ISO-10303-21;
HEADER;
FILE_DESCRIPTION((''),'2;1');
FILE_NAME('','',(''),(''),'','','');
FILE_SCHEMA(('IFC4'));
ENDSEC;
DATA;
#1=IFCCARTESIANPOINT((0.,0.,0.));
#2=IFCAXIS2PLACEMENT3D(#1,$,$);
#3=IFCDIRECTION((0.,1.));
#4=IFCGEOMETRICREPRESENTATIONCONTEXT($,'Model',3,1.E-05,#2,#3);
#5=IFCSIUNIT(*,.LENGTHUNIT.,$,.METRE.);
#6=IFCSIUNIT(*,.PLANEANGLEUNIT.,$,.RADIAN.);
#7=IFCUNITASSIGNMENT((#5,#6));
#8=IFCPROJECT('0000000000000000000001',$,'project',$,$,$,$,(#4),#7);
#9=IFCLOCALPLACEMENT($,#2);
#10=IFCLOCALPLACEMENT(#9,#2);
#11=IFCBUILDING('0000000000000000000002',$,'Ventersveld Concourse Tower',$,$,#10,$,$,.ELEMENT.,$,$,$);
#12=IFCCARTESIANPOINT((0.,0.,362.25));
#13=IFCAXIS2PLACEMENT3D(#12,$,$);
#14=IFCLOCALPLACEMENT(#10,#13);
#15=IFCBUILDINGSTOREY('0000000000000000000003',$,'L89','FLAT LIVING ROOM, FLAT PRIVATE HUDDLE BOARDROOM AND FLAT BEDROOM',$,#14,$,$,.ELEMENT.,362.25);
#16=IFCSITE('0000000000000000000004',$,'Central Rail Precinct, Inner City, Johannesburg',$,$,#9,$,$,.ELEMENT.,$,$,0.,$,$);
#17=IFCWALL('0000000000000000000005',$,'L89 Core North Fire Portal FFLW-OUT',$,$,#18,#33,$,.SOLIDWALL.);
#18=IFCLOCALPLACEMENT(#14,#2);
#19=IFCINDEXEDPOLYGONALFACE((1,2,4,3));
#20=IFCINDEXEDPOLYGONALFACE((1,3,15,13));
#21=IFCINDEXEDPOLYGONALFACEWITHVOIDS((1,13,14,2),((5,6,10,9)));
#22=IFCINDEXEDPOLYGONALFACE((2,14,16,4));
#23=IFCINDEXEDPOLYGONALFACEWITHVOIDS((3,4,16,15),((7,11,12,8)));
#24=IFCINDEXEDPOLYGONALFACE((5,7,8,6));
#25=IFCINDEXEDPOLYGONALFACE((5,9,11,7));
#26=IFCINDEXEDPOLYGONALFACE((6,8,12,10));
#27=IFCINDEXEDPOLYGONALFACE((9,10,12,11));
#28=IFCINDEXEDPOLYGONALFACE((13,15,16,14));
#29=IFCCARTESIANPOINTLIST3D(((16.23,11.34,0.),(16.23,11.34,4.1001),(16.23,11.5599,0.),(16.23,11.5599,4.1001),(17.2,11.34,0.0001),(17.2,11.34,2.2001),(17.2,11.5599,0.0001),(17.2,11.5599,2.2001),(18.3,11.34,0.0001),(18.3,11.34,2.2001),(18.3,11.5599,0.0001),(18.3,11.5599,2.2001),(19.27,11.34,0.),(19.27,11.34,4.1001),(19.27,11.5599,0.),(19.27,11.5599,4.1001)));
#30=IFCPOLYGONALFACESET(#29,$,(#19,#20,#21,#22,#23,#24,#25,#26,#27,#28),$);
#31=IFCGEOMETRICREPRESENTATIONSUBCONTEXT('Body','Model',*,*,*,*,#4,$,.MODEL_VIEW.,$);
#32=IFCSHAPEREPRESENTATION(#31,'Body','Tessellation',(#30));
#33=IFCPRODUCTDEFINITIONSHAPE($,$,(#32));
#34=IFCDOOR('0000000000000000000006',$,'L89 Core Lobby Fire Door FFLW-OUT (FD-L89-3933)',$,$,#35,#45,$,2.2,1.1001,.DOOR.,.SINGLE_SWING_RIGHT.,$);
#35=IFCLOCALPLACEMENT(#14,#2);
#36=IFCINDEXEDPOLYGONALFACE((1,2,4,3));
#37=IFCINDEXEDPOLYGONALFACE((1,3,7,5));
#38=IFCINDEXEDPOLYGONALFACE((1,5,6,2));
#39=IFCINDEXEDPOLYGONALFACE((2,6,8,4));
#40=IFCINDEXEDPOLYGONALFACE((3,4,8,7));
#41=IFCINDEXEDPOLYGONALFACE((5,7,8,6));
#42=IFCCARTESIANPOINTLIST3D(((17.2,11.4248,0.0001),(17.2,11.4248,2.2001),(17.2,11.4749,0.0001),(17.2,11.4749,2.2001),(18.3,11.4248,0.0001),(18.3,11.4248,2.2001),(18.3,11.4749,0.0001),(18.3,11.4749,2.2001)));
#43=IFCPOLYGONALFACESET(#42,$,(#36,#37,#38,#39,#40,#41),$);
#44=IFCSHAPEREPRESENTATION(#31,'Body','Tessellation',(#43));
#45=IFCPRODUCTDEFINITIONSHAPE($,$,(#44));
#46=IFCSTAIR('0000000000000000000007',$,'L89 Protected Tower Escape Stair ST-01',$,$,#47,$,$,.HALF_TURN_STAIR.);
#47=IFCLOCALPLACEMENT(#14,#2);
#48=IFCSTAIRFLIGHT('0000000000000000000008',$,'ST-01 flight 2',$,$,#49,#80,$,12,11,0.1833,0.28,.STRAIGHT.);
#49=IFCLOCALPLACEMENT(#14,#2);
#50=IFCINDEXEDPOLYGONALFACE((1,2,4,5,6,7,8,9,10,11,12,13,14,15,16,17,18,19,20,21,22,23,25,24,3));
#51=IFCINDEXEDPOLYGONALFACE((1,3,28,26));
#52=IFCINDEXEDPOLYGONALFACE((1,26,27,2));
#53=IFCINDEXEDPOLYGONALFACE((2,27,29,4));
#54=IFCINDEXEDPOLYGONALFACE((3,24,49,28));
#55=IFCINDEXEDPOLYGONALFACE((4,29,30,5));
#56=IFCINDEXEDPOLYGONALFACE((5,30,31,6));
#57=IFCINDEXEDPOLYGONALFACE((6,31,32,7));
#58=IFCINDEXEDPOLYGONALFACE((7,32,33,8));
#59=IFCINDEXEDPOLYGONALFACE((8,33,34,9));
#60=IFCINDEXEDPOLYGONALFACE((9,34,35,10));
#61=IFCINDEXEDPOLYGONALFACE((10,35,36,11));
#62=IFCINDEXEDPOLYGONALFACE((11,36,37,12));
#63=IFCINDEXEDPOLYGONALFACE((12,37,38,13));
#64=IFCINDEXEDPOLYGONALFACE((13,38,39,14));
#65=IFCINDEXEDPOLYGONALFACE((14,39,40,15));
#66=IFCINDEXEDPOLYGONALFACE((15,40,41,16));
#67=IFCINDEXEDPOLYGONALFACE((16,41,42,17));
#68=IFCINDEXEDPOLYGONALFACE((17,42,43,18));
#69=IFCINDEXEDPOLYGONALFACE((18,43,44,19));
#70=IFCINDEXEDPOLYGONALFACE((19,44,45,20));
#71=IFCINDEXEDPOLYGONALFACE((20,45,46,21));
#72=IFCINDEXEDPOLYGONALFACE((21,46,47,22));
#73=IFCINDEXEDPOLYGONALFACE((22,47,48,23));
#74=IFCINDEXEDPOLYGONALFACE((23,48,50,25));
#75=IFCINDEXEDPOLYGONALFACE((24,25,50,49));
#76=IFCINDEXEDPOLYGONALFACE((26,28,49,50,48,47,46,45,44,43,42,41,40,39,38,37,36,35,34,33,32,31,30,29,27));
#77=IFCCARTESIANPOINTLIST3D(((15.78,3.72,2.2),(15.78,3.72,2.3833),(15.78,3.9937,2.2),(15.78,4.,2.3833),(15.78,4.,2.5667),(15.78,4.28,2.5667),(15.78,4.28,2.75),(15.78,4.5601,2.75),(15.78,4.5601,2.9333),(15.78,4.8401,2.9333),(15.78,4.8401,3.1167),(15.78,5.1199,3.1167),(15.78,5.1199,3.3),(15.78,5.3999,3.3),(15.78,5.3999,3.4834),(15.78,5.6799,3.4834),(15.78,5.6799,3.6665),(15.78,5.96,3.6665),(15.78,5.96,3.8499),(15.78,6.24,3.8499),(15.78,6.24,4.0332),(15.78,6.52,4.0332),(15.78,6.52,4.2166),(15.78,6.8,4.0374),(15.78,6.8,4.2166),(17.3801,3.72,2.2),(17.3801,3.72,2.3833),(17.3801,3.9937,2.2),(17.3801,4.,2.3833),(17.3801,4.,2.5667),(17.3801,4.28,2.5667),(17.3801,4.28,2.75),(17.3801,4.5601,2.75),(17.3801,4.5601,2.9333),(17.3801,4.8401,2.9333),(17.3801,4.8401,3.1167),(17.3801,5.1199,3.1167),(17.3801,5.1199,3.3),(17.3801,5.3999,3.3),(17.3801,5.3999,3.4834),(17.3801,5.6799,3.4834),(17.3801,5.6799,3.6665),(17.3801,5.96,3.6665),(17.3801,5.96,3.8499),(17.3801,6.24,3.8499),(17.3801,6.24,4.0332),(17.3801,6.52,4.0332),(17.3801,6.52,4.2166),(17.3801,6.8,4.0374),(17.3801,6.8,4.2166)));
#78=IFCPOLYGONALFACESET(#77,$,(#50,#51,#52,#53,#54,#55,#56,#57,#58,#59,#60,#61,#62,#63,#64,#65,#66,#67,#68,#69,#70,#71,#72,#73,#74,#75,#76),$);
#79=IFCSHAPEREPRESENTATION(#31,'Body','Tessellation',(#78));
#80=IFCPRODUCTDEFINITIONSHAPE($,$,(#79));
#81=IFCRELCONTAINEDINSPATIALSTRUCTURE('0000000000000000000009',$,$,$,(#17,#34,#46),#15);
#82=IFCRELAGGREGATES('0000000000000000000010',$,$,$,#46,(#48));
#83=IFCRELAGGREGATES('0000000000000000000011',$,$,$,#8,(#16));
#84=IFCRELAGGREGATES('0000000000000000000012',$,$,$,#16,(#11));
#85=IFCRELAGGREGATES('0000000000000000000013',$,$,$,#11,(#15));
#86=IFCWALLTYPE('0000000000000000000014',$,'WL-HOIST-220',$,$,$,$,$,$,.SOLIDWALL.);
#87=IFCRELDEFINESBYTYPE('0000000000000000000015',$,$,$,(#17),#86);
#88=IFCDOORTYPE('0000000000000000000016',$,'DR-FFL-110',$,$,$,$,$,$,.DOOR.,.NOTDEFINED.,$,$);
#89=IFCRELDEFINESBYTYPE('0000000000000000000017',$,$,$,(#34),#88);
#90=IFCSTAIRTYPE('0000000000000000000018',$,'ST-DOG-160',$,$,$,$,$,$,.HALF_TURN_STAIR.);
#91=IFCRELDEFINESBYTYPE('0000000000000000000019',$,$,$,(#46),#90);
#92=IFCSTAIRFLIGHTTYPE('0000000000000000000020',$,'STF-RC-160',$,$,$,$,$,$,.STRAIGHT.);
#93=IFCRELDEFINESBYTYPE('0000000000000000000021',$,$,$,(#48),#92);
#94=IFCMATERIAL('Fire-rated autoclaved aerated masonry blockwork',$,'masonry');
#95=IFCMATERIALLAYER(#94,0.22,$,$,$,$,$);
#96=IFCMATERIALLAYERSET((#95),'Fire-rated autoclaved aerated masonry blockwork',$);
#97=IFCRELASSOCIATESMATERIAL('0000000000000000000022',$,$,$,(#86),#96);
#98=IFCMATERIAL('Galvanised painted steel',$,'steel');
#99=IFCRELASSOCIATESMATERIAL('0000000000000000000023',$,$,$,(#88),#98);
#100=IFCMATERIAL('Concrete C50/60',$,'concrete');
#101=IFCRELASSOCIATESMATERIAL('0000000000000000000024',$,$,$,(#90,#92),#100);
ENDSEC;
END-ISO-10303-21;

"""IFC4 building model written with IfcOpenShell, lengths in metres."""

from ifc_helpers import new_model, si_unit, direction, frame, frame_2d, origin, place, context, subcontext, project, spatial, polyline, rectangle, outline, extrude, material, layer, layer_set, type_object, element, fill, aggregate, save


model = new_model("IFC4")

# Units and contexts
model_context = context("Model", 3, precision=1e-05, world=origin(), true_north=direction((0.0, 1.0)))
body_context = subcontext(model_context, "Body", "Model", "MODEL_VIEW")
ifc_project = project(units=[si_unit("LENGTHUNIT", "METRE"), si_unit("PLANEANGLEUNIT", "RADIAN")], contexts=[model_context])

# Site, building, storey
site_placement = place(None, origin())
site = spatial("IfcSite", under=ifc_project, at=site_placement, Name="Central Rail Precinct, Inner City, Johannesburg", CompositionType="ELEMENT", RefElevation=0.0)
building_placement = place(site_placement, origin())
building = spatial("IfcBuilding", under=site, at=building_placement, Name="Ventersveld Concourse Tower", CompositionType="ELEMENT")
storey_placement = place(building_placement, frame((0.0, 0.0, 362.25)))
storey = spatial("IfcBuildingStorey", under=building, at=storey_placement, Name="L89", Description="FLAT LIVING ROOM, FLAT PRIVATE HUDDLE BOARDROOM AND FLAT BEDROOM", CompositionType="ELEMENT", Elevation=362.25)

# Shared definitions
ifc_material_1 = material(Name="Concrete C50/60", Category="concrete")

# Shared definitions
ifc_material_2 = material(Name="Fire-rated autoclaved aerated masonry blockwork", Category="masonry")
ifc_layer_1 = layer(ifc_material_2, 0.22)
ifc_layer_set_1 = layer_set([ifc_layer_1], Name="Fire-rated autoclaved aerated masonry blockwork")
wall_type_1 = type_object("IfcWallType", Name="WL-HOIST-220", PredefinedType="SOLIDWALL", material=ifc_layer_set_1)

# Wall, opening, door
wall_1_placement = place(storey_placement, frame((16.23, 11.45, 0.0), z_axis=(0.0, 0.0, 1.0), x_axis=(1.0, 0.0, 0.0)))
wall_1 = element("IfcWall", 1, at=wall_1_placement, inside=storey, type_object=wall_type_1, Name="L89 Core North Fire Portal FFLW-OUT", PredefinedType="SOLIDWALL", context=body_context, shape_type="SweptSolid", body=[
    extrude(rectangle(XDim=3.04, YDim=0.22, at=frame_2d((1.52, 0.0))), origin(), (0.0, 0.0, 1.0), 4.1001),
])
opening_1_placement = place(wall_1_placement, frame((0.97, 0.0, 0.0)))
opening_1 = element("IfcOpeningElement", 2, at=opening_1_placement, cuts=wall_1, PredefinedType="OPENING", context=body_context, shape_type="SweptSolid", body=[
    extrude(rectangle(XDim=1.1001, YDim=2.2, at=frame_2d((0.55, 1.1001))), frame((0.0, 0.1201, 0.0), z_axis=(0.0, -1.0, 0.0), x_axis=(1.0, 0.0, 0.0)), (0.0, 0.0, 1.0), 0.24),
])
ifc_material_3 = material(Name="Galvanised painted steel", Category="steel")
door_type_1 = type_object("IfcDoorType", Name="DR-FFL-110", OperationType="NOTDEFINED", PredefinedType="DOOR", material=ifc_material_3)
door_1_placement = place(opening_1_placement, origin())
door_1 = element("IfcDoor", 3, at=door_1_placement, inside=storey, type_object=door_type_1, Name="L89 Core Lobby Fire Door FFLW-OUT (FD-L89-3933)", OperationType="SINGLE_SWING_RIGHT", OverallHeight=2.2, OverallWidth=1.1001, PredefinedType="DOOR", context=body_context, shape_type="SweptSolid", body=[
    extrude(rectangle(XDim=1.1001, YDim=2.2, at=frame_2d((0.55, 1.1001))), frame((0.0, 0.0249, 0.0), z_axis=(0.0, -1.0, 0.0), x_axis=(1.0, 0.0, 0.0)), (0.0, 0.0, 1.0), 0.05),
])
fill(opening_1, door_1)

# Stair, stair flight
stair_type = type_object("IfcStairType", Name="ST-DOG-160", PredefinedType="HALF_TURN_STAIR", material=ifc_material_1)
stair_placement = place(storey_placement, origin())
stair = element("IfcStair", 4, at=stair_placement, inside=storey, type_object=stair_type, Name="L89 Protected Tower Escape Stair ST-01", PredefinedType="HALF_TURN_STAIR")
stair_flight_type = type_object("IfcStairFlightType", Name="STF-RC-160", PredefinedType="STRAIGHT", material=ifc_material_1)
stair_flight_placement = place(storey_placement, frame((16.5801, 3.72, 2.2), z_axis=(0.0, 0.0, 1.0), x_axis=(0.0, 1.0, 0.0)))
stair_flight = element("IfcStairFlight", 5, at=stair_flight_placement, type_object=stair_flight_type, Name="ST-01 flight 2", NumberOfRisers=12, NumberOfTreads=11, PredefinedType="STRAIGHT", RiserHeight=0.1833, TreadLength=0.28, context=body_context, shape_type="SweptSolid", body=[
    extrude(outline(polyline([(0.0, 0.0), (0.0, 0.1833), (0.28, 0.1833), (0.28, 0.3667), (0.5601, 0.3667), (0.5601, 0.55), (0.8401, 0.55), (0.8401, 0.7334), (1.1201, 0.7334), (1.1201, 0.9167), (1.3999, 0.9167), (1.3999, 1.1001), (1.6799, 1.1001), (1.6799, 1.2834), (1.96, 1.2834), (1.96, 1.4666), (2.24, 1.4666), (2.24, 1.6499), (2.52, 1.6499), (2.52, 1.8333), (2.8, 1.8333), (2.8, 2.0166), (3.0801, 2.0166), (3.0801, 2.2), (3.0801, 1.8374), (0.2737, 0.0), (0.0, 0.0)])), frame((0.0, 0.8, 0.0), z_axis=(0.0, -1.0, 0.0), x_axis=(1.0, 0.0, 0.0)), (0.0, 0.0, 1.0), 1.6001),
])
aggregate(stair, [stair_flight])

save(model, "model.ifc")
